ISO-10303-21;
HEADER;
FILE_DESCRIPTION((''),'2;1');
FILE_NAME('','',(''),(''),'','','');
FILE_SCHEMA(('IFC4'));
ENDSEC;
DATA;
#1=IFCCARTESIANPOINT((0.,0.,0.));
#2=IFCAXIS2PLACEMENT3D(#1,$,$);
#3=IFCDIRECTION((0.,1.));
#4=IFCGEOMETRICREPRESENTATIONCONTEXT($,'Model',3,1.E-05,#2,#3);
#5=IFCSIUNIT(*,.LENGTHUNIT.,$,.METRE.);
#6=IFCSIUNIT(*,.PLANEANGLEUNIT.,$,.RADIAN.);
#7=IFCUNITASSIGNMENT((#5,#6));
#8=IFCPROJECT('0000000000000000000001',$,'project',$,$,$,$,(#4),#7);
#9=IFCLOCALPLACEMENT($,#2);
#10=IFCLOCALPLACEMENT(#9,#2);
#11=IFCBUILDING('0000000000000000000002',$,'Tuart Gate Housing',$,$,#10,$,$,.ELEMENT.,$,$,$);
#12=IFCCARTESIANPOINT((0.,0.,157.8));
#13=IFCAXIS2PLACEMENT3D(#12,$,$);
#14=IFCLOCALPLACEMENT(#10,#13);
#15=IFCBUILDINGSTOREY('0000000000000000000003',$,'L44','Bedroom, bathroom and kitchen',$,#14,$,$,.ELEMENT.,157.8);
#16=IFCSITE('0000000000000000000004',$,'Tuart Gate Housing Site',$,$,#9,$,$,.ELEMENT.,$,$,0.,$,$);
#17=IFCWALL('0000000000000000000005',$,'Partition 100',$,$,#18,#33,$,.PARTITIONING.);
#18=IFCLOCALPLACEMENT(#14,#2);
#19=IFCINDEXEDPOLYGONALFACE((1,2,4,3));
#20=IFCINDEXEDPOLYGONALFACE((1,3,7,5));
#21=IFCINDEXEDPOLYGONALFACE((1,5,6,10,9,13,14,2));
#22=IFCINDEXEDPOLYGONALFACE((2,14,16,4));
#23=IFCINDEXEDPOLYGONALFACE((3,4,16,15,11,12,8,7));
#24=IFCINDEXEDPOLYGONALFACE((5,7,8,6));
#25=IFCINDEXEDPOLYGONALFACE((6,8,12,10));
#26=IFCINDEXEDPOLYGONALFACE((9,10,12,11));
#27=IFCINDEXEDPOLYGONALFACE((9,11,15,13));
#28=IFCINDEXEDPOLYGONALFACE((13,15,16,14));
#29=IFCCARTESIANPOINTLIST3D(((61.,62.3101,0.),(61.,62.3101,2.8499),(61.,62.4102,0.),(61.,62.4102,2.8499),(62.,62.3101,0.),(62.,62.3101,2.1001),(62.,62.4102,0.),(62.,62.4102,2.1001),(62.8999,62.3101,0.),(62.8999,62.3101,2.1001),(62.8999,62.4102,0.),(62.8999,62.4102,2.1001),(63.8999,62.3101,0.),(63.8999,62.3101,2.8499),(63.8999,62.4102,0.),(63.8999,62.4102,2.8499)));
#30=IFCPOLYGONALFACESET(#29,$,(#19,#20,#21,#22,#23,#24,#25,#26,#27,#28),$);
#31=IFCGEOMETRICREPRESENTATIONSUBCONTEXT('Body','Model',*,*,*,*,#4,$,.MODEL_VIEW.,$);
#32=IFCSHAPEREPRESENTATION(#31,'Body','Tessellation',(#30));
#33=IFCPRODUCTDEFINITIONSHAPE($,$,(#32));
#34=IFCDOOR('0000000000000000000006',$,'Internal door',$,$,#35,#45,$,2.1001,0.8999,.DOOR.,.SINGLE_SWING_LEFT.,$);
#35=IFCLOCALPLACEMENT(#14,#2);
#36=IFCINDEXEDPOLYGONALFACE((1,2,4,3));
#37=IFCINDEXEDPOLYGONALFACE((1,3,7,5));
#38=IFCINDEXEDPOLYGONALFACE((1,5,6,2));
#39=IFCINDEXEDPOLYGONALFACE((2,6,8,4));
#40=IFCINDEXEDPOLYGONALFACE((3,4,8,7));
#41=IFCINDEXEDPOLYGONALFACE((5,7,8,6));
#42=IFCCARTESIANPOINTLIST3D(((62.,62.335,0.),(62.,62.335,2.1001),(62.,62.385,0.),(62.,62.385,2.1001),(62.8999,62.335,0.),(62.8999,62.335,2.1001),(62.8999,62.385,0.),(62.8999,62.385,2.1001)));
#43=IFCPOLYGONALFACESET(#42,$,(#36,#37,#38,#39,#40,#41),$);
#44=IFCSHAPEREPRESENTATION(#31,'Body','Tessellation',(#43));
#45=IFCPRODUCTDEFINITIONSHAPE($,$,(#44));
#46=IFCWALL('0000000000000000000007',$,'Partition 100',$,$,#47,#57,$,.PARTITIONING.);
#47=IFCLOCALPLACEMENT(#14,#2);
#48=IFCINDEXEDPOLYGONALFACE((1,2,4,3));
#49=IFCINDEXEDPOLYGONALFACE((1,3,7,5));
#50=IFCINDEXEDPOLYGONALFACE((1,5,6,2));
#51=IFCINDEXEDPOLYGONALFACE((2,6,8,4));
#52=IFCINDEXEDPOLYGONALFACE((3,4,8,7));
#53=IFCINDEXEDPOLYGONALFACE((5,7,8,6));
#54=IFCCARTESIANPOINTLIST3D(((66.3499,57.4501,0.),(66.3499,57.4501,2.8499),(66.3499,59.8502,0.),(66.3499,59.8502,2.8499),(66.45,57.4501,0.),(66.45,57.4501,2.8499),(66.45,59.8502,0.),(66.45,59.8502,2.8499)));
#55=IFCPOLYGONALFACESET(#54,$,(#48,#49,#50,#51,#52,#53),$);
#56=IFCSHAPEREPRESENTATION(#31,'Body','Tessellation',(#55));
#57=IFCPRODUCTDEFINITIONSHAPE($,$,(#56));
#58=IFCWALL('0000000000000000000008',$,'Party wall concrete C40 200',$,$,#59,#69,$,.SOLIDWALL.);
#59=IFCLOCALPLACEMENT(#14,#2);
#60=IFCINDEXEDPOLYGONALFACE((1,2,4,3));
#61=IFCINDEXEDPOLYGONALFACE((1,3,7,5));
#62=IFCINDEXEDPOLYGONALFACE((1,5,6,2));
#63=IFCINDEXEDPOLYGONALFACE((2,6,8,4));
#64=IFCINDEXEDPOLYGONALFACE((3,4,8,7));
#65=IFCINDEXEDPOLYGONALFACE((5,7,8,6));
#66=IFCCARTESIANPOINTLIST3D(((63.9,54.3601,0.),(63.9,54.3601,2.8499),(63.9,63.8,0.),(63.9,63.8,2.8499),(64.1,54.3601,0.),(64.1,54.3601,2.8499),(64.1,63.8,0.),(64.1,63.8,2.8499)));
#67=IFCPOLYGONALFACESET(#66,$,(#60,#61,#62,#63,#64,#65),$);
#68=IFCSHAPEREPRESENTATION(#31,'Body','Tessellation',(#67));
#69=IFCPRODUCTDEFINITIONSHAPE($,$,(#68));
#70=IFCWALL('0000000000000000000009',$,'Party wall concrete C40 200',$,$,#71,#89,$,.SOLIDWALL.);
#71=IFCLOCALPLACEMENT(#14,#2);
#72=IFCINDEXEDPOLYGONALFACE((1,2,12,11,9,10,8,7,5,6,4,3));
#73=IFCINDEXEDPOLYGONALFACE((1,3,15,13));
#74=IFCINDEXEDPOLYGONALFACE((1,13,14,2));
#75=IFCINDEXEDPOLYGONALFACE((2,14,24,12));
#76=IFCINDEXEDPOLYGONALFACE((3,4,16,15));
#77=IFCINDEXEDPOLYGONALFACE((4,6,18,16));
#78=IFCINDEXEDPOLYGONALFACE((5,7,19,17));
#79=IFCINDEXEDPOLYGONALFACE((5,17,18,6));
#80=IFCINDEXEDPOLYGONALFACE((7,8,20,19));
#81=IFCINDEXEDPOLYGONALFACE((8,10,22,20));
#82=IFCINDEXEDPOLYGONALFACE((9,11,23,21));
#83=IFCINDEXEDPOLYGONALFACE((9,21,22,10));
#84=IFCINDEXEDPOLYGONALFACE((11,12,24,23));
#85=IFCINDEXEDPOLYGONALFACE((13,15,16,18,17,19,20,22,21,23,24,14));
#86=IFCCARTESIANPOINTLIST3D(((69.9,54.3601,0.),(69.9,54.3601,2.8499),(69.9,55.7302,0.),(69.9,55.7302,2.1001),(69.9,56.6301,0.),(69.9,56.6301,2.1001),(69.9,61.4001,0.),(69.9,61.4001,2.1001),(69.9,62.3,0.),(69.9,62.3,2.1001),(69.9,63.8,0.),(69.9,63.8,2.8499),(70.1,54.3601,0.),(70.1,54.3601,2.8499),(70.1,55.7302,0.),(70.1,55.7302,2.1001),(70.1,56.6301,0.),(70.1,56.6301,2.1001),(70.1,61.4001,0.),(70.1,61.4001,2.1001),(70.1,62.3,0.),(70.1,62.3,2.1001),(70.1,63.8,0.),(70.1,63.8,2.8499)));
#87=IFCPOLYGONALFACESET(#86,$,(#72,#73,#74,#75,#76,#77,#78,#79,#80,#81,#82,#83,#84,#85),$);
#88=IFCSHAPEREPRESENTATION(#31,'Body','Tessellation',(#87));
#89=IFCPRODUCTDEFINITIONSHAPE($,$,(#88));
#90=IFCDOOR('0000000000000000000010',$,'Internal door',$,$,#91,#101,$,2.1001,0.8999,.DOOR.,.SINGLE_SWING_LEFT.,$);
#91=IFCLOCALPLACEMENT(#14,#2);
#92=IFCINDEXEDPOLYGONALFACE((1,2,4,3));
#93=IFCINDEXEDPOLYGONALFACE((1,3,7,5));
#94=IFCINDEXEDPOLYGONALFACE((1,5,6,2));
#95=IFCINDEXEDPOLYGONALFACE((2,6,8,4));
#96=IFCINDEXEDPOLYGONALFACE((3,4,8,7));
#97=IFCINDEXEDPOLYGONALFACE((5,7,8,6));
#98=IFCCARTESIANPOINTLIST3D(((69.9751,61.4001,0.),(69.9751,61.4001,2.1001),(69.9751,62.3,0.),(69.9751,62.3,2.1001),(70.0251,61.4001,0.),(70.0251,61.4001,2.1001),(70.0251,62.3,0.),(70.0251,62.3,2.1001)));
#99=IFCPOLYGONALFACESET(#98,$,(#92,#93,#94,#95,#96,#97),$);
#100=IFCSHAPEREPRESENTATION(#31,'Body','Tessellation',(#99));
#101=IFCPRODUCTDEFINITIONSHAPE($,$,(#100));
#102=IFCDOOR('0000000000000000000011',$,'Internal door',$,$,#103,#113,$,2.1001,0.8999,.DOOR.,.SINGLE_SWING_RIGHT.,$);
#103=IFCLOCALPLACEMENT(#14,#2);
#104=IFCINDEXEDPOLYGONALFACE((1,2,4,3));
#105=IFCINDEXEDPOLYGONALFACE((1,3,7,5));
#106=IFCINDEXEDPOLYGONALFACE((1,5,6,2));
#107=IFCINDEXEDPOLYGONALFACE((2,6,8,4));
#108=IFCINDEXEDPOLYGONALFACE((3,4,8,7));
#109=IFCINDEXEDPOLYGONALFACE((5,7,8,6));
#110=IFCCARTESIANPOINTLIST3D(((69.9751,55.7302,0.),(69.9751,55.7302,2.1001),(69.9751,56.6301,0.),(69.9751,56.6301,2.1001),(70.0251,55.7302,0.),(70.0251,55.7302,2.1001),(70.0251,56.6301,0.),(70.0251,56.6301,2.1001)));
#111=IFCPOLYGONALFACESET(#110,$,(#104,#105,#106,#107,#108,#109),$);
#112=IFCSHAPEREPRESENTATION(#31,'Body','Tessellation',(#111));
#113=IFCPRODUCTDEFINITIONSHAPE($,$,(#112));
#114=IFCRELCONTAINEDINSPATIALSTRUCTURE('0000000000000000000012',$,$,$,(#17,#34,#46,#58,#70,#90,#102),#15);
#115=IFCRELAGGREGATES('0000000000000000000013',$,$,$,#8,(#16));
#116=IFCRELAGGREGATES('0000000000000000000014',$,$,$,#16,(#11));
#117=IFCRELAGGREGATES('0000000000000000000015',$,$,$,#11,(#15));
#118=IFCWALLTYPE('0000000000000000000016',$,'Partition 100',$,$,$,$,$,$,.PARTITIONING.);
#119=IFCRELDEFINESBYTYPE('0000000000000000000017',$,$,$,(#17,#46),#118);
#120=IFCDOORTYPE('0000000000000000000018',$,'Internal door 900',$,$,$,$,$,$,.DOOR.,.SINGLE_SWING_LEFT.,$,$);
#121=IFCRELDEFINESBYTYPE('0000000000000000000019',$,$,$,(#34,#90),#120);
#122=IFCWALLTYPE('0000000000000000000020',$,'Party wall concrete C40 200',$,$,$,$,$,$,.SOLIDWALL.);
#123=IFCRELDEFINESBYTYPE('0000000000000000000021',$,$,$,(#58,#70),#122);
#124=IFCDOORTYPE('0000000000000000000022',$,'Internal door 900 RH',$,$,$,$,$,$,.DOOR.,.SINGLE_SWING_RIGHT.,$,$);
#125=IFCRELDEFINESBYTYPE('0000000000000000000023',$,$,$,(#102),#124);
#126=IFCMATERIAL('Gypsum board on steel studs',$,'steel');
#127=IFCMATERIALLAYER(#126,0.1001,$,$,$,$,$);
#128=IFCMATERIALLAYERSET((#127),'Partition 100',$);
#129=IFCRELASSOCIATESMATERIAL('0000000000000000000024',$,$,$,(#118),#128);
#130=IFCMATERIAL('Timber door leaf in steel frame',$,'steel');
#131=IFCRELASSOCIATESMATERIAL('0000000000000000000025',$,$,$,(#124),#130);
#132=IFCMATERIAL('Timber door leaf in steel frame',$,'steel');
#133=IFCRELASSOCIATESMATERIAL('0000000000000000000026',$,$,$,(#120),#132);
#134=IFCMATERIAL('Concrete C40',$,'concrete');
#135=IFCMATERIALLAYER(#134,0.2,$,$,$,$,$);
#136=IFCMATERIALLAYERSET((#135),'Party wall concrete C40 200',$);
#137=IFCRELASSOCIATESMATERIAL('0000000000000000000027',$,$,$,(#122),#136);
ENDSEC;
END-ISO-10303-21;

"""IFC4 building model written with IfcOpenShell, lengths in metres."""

from ifc_helpers import new_model, si_unit, direction, frame, frame_2d, origin, place, context, subcontext, project, spatial, rectangle, extrude, material, layer, layer_set, type_object, element, fill, save


model = new_model("IFC4")

# Units and contexts
model_context = context("Model", 3, precision=1e-05, world=origin(), true_north=direction((0.0, 1.0)))
body_context = subcontext(model_context, "Body", "Model", "MODEL_VIEW")
ifc_project = project(units=[si_unit("LENGTHUNIT", "METRE"), si_unit("PLANEANGLEUNIT", "RADIAN")], contexts=[model_context])

# Site, building, storey
site_placement = place(None, origin())
site = spatial("IfcSite", under=ifc_project, at=site_placement, Name="Tuart Gate Housing Site", CompositionType="ELEMENT", RefElevation=0.0)
building_placement = place(site_placement, origin())
building = spatial("IfcBuilding", under=site, at=building_placement, Name="Tuart Gate Housing", CompositionType="ELEMENT")
storey_placement = place(building_placement, frame((0.0, 0.0, 157.8)))
storey = spatial("IfcBuildingStorey", under=building, at=storey_placement, Name="L44", Description="Bedroom, bathroom and kitchen", CompositionType="ELEMENT", Elevation=157.8)

# Shared definitions
ifc_material_1 = material(Name="Gypsum board on steel studs", Category="steel")
ifc_layer_1 = layer(ifc_material_1, 0.1001)
ifc_layer_set_1 = layer_set([ifc_layer_1], Name="Partition 100")
wall_type_1 = type_object("IfcWallType", Name="Partition 100", PredefinedType="PARTITIONING", material=ifc_layer_set_1)

# Shared definitions
ifc_material_2 = material(Name="Timber door leaf in steel frame", Category="steel")
door_type_1 = type_object("IfcDoorType", Name="Internal door 900 RH", OperationType="SINGLE_SWING_RIGHT", PredefinedType="DOOR", material=ifc_material_2)

# Wall, opening, door
wall_1_placement = place(storey_placement, frame((61.0, 62.3601, 0.0), z_axis=(0.0, 0.0, 1.0), x_axis=(1.0, 0.0, 0.0)))
wall_1 = element("IfcWall", 1, at=wall_1_placement, inside=storey, type_object=wall_type_1, Name="Partition 100", PredefinedType="PARTITIONING", context=body_context, shape_type="SweptSolid", body=[
    extrude(rectangle(XDim=2.8999, YDim=0.1001, at=frame_2d((1.45, 0.0))), origin(), (0.0, 0.0, 1.0), 2.8499),
])
opening_1_placement = place(wall_1_placement, frame((1.0, 0.0, 0.0)))
opening_1 = element("IfcOpeningElement", 2, at=opening_1_placement, cuts=wall_1, PredefinedType="OPENING", context=body_context, shape_type="SweptSolid", body=[
    extrude(rectangle(XDim=0.8999, YDim=2.1001, at=frame_2d((0.45, 1.05))), frame((0.0, 0.0601, 0.0), z_axis=(0.0, -1.0, 0.0), x_axis=(1.0, 0.0, 0.0)), (0.0, 0.0, 1.0), 0.1201),
])
ifc_material_3 = material(Name="Timber door leaf in steel frame", Category="steel")
door_type_2 = type_object("IfcDoorType", Name="Internal door 900", OperationType="SINGLE_SWING_LEFT", PredefinedType="DOOR", material=ifc_material_3)
door_1_placement = place(opening_1_placement, origin())
door_1 = element("IfcDoor", 3, at=door_1_placement, inside=storey, type_object=door_type_2, Name="Internal door", OperationType="SINGLE_SWING_LEFT", OverallHeight=2.1001, OverallWidth=0.8999, PredefinedType="DOOR", context=body_context, shape_type="SweptSolid", body=[
    extrude(rectangle(XDim=0.8999, YDim=2.1001, at=frame_2d((0.45, 1.05))), frame((0.0, 0.0249, 0.0), z_axis=(0.0, -1.0, 0.0), x_axis=(1.0, 0.0, 0.0)), (0.0, 0.0, 1.0), 0.05),
])
fill(opening_1, door_1)

# Walls
wall_2_placement = place(storey_placement, frame((66.3999, 57.45, 0.0), z_axis=(0.0, 0.0, 1.0), x_axis=(0.0, 1.0, 0.0)))
element("IfcWall", 4, at=wall_2_placement, inside=storey, type_object=wall_type_1, Name="Partition 100", PredefinedType="PARTITIONING", context=body_context, shape_type="SweptSolid", body=[
    extrude(rectangle(XDim=2.4001, YDim=0.1001, at=frame_2d((1.2002, 0.0))), origin(), (0.0, 0.0, 1.0), 2.8499),
])
ifc_material_4 = material(Name="Concrete C40", Category="concrete")
ifc_layer_2 = layer(ifc_material_4, 0.2)
ifc_layer_set_2 = layer_set([ifc_layer_2], Name="Party wall concrete C40 200")
wall_type_2 = type_object("IfcWallType", Name="Party wall concrete C40 200", PredefinedType="SOLIDWALL", material=ifc_layer_set_2)
wall_3_placement = place(storey_placement, frame((64.0, 54.3601, 0.0), z_axis=(0.0, 0.0, 1.0), x_axis=(0.0, 1.0, 0.0)))
element("IfcWall", 5, at=wall_3_placement, inside=storey, type_object=wall_type_2, Name="Party wall concrete C40 200", PredefinedType="SOLIDWALL", context=body_context, shape_type="SweptSolid", body=[
    extrude(rectangle(XDim=9.4399, YDim=0.2, at=frame_2d((4.72, 0.0))), origin(), (0.0, 0.0, 1.0), 2.8499),
])

# Wall, openings, doors
wall_4_placement = place(storey_placement, frame((70.0, 54.3601, 0.0), z_axis=(0.0, 0.0, 1.0), x_axis=(0.0, 1.0, 0.0)))
wall_4 = element("IfcWall", 6, at=wall_4_placement, inside=storey, type_object=wall_type_2, Name="Party wall concrete C40 200", PredefinedType="SOLIDWALL", context=body_context, shape_type="SweptSolid", body=[
    extrude(rectangle(XDim=9.4399, YDim=0.2, at=frame_2d((4.72, 0.0))), origin(), (0.0, 0.0, 1.0), 2.8499),
])
opening_2_placement = place(wall_4_placement, frame((1.3701, 0.0, 0.0)))
opening_2 = element("IfcOpeningElement", 7, at=opening_2_placement, cuts=wall_4, PredefinedType="OPENING", context=body_context, shape_type="SweptSolid", body=[
    extrude(rectangle(XDim=0.8999, YDim=2.1001, at=frame_2d((0.45, 1.05))), frame((0.0, 0.1099, 0.0), z_axis=(0.0, -1.0, 0.0), x_axis=(1.0, 0.0, 0.0)), (0.0, 0.0, 1.0), 0.22),
])
opening_3_placement = place(wall_4_placement, frame((7.04, 0.0, 0.0)))
opening_3 = element("IfcOpeningElement", 8, at=opening_3_placement, cuts=wall_4, PredefinedType="OPENING", context=body_context, shape_type="SweptSolid", body=[
    extrude(rectangle(XDim=0.8999, YDim=2.1001, at=frame_2d((0.45, 1.05))), frame((0.0, 0.1099, 0.0), z_axis=(0.0, -1.0, 0.0), x_axis=(1.0, 0.0, 0.0)), (0.0, 0.0, 1.0), 0.22),
])
door_2_placement = place(opening_3_placement, frame((0.8999, 0.0, 0.0), z_axis=(0.0, 0.0, 1.0), x_axis=(-1.0, 0.0, 0.0)))
door_2 = element("IfcDoor", 9, at=door_2_placement, inside=storey, type_object=door_type_2, Name="Internal door", OperationType="SINGLE_SWING_LEFT", OverallHeight=2.1001, OverallWidth=0.8999, PredefinedType="DOOR", context=body_context, shape_type="SweptSolid", body=[
    extrude(rectangle(XDim=0.8999, YDim=2.1001, at=frame_2d((0.45, 1.05))), frame((0.0, 0.0251, 0.0), z_axis=(0.0, -1.0, 0.0), x_axis=(1.0, 0.0, 0.0)), (0.0, 0.0, 1.0), 0.05),
])
fill(opening_3, door_2)
door_3_placement = place(opening_2_placement, frame((0.8999, 0.0, 0.0), z_axis=(0.0, 0.0, 1.0), x_axis=(-1.0, 0.0, 0.0)))
door_3 = element("IfcDoor", 10, at=door_3_placement, inside=storey, type_object=door_type_1, Name="Internal door", OperationType="SINGLE_SWING_RIGHT", OverallHeight=2.1001, OverallWidth=0.8999, PredefinedType="DOOR", context=body_context, shape_type="SweptSolid", body=[
    extrude(rectangle(XDim=0.8999, YDim=2.1001, at=frame_2d((0.45, 1.05))), frame((0.0, 0.0251, 0.0), z_axis=(0.0, -1.0, 0.0), x_axis=(1.0, 0.0, 0.0)), (0.0, 0.0, 1.0), 0.05),
])
fill(opening_2, door_3)

save(model, "model.ifc")
